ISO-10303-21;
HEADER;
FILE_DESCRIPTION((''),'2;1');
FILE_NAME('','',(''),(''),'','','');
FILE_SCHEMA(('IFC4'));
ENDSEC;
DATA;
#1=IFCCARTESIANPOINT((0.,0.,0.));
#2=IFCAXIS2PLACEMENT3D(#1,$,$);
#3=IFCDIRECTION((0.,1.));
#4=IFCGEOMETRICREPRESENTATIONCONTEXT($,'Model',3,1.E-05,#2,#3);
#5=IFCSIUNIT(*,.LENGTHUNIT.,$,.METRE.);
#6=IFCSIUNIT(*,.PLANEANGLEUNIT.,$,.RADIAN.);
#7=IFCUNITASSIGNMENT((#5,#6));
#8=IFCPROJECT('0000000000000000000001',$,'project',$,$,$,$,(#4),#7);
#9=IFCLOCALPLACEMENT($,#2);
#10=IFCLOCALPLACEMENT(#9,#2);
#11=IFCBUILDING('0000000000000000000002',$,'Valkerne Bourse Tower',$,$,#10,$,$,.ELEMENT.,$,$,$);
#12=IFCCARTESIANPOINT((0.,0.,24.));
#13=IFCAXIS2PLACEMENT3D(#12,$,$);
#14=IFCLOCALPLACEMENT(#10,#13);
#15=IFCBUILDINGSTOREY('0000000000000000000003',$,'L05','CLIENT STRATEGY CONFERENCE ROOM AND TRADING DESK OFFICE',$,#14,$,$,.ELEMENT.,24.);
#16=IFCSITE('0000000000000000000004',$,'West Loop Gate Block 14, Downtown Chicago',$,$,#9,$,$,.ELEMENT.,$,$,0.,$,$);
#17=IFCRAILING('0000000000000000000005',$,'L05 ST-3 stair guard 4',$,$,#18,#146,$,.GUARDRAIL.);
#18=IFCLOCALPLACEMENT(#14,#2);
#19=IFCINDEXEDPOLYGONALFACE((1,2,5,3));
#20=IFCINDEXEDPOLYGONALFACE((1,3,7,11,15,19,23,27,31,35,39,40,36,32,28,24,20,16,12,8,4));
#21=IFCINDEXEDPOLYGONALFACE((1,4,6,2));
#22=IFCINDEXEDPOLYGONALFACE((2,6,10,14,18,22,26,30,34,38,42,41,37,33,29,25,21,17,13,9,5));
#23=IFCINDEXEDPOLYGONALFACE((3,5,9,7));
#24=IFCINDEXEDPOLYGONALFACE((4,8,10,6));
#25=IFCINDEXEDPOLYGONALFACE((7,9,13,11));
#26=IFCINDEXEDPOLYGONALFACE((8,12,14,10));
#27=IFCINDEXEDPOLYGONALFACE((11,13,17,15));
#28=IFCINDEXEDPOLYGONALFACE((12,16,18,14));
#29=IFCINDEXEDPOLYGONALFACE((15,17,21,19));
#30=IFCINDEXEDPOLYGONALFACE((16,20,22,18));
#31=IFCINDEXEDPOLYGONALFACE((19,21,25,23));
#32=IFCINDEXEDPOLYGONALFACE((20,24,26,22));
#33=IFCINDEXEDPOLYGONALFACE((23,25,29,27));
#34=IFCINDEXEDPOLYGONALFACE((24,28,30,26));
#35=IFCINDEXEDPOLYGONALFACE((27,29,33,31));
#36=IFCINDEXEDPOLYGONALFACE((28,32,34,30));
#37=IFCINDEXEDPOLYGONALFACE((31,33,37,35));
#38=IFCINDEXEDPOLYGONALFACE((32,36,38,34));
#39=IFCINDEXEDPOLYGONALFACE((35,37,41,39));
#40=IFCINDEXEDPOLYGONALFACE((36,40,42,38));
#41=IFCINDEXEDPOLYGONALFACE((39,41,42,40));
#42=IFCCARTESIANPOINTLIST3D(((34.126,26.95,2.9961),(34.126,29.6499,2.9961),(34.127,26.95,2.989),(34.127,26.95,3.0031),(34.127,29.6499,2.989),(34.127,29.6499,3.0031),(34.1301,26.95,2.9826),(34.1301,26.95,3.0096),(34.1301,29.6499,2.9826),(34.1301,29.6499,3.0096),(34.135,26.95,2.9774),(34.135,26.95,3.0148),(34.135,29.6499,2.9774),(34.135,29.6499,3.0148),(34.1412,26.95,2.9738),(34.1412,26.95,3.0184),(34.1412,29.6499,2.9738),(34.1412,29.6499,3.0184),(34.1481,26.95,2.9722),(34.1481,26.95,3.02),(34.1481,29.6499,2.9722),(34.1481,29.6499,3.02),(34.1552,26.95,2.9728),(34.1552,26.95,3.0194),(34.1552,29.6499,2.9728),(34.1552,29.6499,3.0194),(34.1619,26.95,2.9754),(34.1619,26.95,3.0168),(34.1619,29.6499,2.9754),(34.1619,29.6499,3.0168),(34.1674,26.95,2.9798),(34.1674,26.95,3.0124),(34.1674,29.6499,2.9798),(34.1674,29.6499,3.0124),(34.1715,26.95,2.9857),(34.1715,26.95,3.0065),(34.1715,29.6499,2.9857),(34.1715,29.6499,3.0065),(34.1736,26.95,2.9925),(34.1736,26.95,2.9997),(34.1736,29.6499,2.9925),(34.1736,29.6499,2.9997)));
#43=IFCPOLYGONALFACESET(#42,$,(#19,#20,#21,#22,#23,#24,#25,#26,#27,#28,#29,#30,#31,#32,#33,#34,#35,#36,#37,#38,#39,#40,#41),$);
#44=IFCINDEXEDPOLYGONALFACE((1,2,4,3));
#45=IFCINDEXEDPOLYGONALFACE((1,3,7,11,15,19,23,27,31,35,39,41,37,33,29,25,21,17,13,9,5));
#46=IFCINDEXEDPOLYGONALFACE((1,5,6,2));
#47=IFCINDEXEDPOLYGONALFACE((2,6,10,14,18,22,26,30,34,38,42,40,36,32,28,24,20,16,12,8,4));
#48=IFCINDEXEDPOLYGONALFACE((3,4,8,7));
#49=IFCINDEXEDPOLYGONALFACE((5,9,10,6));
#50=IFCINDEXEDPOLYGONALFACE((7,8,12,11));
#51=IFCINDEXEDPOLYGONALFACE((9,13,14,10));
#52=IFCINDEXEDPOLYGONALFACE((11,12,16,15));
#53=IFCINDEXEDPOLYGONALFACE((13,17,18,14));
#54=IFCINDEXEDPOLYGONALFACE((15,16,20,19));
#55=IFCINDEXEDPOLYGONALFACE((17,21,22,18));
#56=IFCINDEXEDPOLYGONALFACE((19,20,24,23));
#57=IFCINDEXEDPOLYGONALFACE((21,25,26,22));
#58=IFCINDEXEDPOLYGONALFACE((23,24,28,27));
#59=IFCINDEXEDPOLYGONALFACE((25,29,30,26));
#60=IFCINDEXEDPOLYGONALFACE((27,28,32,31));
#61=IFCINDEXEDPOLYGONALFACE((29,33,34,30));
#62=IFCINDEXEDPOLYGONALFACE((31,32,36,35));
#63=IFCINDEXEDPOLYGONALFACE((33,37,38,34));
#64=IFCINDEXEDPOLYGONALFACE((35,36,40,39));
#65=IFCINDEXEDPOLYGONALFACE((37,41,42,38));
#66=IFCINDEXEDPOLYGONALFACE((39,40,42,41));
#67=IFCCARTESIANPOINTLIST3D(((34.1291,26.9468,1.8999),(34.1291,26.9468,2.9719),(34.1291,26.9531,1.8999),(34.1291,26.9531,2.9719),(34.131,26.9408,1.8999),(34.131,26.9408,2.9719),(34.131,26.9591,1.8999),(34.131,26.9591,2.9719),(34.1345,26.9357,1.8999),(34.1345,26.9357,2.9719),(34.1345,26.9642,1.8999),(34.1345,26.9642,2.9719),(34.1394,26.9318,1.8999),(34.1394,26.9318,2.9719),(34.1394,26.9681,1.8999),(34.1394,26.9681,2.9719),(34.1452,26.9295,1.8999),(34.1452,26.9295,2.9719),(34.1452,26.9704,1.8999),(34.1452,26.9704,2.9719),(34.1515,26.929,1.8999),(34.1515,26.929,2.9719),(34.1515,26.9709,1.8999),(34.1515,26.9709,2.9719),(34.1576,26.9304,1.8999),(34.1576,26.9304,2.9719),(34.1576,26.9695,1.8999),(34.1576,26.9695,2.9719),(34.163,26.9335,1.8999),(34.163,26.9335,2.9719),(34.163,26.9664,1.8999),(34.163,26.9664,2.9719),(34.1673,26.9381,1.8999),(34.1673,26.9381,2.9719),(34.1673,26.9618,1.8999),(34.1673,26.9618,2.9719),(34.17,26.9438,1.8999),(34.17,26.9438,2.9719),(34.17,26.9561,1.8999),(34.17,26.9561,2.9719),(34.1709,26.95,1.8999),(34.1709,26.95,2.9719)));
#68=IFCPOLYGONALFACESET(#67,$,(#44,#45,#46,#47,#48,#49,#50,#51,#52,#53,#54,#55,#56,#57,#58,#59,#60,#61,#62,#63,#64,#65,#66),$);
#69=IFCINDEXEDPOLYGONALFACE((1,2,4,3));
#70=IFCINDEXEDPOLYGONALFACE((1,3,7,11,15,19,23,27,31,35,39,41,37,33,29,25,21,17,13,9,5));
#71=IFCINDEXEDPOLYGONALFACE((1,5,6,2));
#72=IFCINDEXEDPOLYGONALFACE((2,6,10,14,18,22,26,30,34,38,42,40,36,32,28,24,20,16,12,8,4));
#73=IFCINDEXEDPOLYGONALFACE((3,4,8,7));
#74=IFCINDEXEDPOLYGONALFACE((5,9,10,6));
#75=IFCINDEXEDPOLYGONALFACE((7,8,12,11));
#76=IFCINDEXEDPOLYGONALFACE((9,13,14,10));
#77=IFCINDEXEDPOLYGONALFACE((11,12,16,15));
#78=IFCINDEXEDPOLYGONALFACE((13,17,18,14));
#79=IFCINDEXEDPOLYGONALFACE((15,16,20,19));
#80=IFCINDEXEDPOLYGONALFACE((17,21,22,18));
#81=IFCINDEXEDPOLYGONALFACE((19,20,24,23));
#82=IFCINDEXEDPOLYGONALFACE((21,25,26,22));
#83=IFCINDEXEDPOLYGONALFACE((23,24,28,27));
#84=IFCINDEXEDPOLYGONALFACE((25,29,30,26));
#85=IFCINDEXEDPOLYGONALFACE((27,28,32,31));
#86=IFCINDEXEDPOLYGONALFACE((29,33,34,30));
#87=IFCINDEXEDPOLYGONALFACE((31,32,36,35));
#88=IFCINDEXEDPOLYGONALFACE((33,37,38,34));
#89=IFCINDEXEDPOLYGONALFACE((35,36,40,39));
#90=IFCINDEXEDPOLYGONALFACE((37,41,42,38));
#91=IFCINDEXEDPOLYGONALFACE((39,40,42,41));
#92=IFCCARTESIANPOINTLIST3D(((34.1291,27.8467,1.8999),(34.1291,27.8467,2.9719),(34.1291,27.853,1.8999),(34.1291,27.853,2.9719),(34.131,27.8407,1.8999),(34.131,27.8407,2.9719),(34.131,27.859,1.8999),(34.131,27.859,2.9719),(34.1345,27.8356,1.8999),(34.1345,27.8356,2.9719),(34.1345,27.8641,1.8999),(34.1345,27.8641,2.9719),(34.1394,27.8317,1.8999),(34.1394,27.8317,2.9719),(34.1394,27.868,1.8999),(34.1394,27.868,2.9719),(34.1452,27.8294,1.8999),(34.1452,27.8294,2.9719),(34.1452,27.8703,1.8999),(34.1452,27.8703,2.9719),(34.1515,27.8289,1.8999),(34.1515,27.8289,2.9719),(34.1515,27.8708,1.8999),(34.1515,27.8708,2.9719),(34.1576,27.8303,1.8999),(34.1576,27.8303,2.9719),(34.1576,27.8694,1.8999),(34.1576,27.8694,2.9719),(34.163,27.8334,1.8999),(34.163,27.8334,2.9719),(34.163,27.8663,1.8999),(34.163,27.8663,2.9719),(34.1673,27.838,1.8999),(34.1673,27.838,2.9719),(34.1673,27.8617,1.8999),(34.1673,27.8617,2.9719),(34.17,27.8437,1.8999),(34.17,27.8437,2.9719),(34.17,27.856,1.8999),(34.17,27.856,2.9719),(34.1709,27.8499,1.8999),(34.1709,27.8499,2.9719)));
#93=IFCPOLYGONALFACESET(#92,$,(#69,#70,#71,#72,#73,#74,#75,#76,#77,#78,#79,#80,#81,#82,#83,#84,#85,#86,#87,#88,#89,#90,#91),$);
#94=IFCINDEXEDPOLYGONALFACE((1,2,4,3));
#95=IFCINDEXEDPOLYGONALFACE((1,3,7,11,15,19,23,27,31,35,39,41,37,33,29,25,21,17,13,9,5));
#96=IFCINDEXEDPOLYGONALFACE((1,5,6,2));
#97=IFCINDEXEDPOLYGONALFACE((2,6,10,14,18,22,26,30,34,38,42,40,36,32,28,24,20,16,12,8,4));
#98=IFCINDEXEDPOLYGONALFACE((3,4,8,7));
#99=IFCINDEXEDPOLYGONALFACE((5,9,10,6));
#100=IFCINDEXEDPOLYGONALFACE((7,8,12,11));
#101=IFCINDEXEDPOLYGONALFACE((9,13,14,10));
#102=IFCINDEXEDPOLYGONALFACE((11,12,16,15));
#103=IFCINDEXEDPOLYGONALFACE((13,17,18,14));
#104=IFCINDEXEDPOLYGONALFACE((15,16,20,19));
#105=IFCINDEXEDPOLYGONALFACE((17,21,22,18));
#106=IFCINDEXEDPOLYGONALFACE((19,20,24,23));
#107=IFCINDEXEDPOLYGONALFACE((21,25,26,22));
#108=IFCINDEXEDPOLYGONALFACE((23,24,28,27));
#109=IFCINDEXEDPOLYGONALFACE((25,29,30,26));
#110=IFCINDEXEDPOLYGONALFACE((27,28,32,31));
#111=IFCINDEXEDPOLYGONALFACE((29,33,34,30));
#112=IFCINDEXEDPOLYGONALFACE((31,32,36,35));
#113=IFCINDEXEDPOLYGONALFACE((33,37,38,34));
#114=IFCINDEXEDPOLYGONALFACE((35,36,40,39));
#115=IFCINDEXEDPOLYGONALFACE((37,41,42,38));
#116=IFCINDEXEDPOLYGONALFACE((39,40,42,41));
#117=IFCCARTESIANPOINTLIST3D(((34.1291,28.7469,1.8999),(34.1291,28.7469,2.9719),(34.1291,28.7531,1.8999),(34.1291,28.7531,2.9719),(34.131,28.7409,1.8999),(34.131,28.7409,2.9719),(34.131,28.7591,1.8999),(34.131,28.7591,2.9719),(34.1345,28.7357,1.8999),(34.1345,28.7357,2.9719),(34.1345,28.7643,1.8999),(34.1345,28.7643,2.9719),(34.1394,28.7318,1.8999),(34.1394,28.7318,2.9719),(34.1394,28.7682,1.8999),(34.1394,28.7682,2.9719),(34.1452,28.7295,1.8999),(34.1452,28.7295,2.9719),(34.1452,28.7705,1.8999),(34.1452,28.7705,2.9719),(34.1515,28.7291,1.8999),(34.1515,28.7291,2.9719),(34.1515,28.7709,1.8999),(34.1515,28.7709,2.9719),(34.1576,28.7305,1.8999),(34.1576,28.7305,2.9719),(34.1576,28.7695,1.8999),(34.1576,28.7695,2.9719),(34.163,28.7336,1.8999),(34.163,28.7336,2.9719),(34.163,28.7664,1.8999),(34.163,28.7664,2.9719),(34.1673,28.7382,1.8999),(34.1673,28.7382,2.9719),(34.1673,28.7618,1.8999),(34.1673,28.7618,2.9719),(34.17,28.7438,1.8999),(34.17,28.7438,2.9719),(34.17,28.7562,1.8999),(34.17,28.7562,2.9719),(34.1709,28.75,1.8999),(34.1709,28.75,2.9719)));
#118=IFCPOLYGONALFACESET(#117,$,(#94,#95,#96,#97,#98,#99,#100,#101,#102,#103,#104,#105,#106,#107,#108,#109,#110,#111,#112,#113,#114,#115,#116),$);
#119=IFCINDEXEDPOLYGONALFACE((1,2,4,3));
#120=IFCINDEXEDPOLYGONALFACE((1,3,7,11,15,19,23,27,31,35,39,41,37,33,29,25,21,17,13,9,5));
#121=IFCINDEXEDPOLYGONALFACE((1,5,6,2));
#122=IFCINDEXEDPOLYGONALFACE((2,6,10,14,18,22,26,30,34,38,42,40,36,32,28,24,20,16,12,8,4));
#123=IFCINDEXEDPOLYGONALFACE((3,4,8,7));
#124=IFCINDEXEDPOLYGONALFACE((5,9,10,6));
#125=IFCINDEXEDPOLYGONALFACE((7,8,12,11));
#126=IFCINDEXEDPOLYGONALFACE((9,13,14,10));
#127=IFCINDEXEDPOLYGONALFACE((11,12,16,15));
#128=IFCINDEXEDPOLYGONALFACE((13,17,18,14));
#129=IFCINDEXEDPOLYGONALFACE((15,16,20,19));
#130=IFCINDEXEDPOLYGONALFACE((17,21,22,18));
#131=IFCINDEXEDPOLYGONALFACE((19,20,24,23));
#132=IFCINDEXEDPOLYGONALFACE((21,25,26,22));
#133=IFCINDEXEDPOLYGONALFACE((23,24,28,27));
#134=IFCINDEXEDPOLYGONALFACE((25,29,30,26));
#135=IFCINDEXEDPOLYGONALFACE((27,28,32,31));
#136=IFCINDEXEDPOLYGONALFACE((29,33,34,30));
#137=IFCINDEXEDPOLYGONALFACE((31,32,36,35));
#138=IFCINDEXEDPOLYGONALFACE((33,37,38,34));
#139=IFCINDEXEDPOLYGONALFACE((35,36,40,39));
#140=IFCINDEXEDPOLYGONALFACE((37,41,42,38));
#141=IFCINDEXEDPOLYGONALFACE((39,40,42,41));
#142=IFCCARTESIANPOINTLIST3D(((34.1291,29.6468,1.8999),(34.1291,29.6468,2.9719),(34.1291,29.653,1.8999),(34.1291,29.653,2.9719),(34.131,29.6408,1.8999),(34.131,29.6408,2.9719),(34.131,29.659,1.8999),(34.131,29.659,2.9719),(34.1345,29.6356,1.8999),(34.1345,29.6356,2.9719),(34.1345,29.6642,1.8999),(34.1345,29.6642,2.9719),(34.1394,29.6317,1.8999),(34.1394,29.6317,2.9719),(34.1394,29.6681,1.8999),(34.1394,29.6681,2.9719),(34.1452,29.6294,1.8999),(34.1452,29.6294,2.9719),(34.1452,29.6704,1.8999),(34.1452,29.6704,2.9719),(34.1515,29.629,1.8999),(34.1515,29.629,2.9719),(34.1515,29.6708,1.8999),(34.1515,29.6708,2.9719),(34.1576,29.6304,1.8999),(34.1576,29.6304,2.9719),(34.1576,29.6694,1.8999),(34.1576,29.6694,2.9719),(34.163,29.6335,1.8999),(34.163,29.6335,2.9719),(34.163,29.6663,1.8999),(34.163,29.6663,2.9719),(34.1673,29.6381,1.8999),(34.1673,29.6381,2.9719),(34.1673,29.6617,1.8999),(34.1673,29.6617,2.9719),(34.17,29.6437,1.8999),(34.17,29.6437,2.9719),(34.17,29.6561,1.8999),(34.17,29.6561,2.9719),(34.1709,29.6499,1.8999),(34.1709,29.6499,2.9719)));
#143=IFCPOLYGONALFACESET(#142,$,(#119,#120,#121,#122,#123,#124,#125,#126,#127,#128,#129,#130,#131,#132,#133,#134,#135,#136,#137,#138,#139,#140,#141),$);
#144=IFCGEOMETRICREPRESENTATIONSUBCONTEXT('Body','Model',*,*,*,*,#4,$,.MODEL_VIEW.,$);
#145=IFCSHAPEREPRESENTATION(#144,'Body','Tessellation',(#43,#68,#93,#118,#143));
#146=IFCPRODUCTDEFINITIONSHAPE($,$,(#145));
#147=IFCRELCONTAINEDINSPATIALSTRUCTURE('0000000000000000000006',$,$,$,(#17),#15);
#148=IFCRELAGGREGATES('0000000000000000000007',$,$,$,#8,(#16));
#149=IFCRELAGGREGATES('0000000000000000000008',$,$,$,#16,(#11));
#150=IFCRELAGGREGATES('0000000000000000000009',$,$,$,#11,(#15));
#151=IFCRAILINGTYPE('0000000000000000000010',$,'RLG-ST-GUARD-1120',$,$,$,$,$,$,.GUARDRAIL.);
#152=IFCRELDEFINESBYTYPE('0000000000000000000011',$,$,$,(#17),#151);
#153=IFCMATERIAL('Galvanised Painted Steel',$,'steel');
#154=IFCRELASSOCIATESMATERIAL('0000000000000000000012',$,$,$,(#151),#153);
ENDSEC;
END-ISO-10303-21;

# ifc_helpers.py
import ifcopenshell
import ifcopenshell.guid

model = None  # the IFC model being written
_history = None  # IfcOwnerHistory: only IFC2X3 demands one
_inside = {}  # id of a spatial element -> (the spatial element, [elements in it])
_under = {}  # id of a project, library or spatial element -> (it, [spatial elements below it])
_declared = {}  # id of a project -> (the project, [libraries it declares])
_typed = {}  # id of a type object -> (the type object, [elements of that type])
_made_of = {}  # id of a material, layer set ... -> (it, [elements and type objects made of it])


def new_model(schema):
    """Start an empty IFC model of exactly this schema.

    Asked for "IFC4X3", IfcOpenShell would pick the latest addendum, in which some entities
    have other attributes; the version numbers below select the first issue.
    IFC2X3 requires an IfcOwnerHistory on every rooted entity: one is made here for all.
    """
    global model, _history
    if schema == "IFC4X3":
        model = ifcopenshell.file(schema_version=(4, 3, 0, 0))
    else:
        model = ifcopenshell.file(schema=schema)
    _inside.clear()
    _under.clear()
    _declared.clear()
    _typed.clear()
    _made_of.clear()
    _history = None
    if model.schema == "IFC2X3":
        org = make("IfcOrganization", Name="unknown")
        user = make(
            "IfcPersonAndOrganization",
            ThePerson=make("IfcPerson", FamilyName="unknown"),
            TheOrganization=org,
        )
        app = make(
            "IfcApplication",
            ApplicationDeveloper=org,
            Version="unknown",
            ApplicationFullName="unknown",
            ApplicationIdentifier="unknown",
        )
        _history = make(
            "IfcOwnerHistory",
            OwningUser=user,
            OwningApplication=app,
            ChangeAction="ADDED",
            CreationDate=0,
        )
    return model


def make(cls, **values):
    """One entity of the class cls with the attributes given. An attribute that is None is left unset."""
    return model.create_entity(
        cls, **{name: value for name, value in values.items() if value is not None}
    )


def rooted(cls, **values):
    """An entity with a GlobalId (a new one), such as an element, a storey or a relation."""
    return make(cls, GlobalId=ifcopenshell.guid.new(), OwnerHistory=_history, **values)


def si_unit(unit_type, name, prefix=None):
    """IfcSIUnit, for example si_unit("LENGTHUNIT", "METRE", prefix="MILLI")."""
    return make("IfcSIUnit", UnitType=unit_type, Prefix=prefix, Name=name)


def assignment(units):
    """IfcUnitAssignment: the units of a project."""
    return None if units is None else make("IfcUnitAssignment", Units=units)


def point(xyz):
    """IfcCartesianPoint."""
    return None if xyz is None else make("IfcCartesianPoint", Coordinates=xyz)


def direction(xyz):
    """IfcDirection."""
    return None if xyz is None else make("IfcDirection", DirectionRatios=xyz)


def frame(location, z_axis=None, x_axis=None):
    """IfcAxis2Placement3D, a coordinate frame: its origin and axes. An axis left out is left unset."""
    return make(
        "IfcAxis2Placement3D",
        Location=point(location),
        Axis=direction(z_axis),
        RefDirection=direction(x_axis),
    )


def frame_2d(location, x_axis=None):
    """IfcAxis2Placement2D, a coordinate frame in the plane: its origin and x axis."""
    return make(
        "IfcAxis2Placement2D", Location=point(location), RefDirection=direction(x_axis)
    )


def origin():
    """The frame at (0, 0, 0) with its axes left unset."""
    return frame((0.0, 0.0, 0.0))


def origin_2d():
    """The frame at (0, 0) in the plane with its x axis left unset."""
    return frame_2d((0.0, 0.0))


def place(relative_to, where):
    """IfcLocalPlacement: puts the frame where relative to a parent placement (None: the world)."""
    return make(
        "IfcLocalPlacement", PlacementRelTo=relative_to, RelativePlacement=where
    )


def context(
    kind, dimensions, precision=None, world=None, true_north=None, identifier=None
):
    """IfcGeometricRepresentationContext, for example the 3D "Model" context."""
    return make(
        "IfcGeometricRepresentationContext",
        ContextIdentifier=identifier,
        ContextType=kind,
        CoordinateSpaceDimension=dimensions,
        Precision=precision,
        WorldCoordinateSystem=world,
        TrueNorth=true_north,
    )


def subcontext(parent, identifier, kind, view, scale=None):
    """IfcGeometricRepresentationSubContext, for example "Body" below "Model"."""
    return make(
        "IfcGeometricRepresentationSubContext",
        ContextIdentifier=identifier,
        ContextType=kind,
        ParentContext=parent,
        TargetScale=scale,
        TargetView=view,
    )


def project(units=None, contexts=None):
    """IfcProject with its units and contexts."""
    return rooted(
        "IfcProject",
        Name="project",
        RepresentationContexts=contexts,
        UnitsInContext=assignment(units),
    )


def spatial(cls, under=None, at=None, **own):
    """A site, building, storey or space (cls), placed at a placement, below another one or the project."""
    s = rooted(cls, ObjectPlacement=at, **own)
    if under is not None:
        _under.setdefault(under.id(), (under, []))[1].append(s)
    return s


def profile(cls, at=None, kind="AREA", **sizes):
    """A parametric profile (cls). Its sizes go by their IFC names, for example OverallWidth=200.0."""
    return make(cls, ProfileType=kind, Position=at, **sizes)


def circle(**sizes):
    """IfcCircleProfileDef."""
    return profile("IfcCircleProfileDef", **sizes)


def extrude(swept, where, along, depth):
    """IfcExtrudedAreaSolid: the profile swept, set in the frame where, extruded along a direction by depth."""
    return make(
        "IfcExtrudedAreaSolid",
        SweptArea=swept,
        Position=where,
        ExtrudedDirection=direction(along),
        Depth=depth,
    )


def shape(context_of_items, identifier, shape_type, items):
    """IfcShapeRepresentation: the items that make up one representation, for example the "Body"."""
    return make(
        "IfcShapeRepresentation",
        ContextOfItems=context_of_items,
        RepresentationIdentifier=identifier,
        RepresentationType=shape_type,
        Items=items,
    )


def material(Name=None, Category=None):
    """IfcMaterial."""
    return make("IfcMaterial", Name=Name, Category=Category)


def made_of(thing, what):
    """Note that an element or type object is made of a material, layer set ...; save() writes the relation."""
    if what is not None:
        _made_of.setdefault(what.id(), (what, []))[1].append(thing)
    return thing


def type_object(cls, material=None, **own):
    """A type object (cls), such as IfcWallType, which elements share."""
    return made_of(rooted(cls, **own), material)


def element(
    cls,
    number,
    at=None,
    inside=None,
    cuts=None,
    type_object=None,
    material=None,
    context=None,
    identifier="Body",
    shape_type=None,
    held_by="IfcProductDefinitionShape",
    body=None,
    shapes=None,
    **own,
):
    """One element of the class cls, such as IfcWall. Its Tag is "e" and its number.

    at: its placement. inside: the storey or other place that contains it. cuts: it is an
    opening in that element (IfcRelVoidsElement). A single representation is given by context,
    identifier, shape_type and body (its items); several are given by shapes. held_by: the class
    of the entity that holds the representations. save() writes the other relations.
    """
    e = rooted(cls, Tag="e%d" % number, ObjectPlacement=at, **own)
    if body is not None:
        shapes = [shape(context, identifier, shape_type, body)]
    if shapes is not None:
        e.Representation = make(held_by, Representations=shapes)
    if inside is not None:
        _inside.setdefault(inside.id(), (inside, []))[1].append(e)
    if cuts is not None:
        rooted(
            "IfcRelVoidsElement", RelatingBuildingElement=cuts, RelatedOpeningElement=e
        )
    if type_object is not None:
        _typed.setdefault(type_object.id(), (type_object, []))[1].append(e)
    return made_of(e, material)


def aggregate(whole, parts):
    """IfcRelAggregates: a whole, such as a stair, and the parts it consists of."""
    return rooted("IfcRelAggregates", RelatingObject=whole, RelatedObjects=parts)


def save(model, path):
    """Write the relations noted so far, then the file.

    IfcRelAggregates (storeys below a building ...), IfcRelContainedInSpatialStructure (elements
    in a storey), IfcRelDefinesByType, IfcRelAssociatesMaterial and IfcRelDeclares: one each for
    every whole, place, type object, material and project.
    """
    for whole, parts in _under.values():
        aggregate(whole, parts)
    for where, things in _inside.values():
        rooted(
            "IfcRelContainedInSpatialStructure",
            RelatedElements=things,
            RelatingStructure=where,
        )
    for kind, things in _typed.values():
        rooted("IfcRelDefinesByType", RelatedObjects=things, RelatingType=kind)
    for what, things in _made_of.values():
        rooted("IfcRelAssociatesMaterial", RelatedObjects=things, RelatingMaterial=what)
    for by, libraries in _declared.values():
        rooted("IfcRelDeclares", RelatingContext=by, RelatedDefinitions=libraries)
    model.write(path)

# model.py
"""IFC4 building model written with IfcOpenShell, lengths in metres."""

from ifc_helpers import new_model, si_unit, direction, frame, origin, origin_2d, place, context, subcontext, project, spatial, circle, extrude, material, type_object, element, save


model = new_model("IFC4")

# Units and contexts
model_context = context("Model", 3, precision=1e-05, world=origin(), true_north=direction((0.0, 1.0)))
body_context = subcontext(model_context, "Body", "Model", "MODEL_VIEW")
ifc_project = project(units=[si_unit("LENGTHUNIT", "METRE"), si_unit("PLANEANGLEUNIT", "RADIAN")], contexts=[model_context])

# Site, building, storey
site_placement = place(None, origin())
site = spatial("IfcSite", under=ifc_project, at=site_placement, Name="West Loop Gate Block 14, Downtown Chicago", CompositionType="ELEMENT", RefElevation=0.0)
building_placement = place(site_placement, origin())
building = spatial("IfcBuilding", under=site, at=building_placement, Name="Valkerne Bourse Tower", CompositionType="ELEMENT")
storey_placement = place(building_placement, frame((0.0, 0.0, 24.0)))
storey = spatial("IfcBuildingStorey", under=building, at=storey_placement, Name="L05", Description="CLIENT STRATEGY CONFERENCE ROOM AND TRADING DESK OFFICE", CompositionType="ELEMENT", Elevation=24.0)

# Shared definitions
ifc_material_1 = material(Name="Galvanised Painted Steel", Category="steel")

# Railing
railing_type_1 = type_object("IfcRailingType", Name="RLG-ST-GUARD-1120", PredefinedType="GUARDRAIL", material=ifc_material_1)
railing_1_placement = place(storey_placement, frame((34.1499, 26.95, 1.8999)))
element("IfcRailing", 1, at=railing_1_placement, inside=storey, type_object=railing_type_1, Name="L05 ST-3 stair guard 4", PredefinedType="GUARDRAIL", context=body_context, shape_type="SweptSolid", body=[
    extrude(circle(Radius=0.0239, at=origin_2d()), frame((0.0, 0.0, 1.0962), z_axis=(0.0, 1.0, 0.0), x_axis=(-1.0, 0.0, 0.0)), (0.0, 0.0, 1.0), 2.7),
    extrude(circle(Radius=0.021, at=origin_2d()), origin(), (0.0, 0.0, 1.0), 1.072),
    extrude(circle(Radius=0.021, at=origin_2d()), frame((0.0, 0.8999, 0.0)), (0.0, 0.0, 1.0), 1.072),
    extrude(circle(Radius=0.021, at=origin_2d()), frame((0.0, 1.8, 0.0)), (0.0, 0.0, 1.0), 1.072),
    extrude(circle(Radius=0.021, at=origin_2d()), frame((0.0, 2.7, 0.0)), (0.0, 0.0, 1.0), 1.072),
])

save(model, "model.ifc")
